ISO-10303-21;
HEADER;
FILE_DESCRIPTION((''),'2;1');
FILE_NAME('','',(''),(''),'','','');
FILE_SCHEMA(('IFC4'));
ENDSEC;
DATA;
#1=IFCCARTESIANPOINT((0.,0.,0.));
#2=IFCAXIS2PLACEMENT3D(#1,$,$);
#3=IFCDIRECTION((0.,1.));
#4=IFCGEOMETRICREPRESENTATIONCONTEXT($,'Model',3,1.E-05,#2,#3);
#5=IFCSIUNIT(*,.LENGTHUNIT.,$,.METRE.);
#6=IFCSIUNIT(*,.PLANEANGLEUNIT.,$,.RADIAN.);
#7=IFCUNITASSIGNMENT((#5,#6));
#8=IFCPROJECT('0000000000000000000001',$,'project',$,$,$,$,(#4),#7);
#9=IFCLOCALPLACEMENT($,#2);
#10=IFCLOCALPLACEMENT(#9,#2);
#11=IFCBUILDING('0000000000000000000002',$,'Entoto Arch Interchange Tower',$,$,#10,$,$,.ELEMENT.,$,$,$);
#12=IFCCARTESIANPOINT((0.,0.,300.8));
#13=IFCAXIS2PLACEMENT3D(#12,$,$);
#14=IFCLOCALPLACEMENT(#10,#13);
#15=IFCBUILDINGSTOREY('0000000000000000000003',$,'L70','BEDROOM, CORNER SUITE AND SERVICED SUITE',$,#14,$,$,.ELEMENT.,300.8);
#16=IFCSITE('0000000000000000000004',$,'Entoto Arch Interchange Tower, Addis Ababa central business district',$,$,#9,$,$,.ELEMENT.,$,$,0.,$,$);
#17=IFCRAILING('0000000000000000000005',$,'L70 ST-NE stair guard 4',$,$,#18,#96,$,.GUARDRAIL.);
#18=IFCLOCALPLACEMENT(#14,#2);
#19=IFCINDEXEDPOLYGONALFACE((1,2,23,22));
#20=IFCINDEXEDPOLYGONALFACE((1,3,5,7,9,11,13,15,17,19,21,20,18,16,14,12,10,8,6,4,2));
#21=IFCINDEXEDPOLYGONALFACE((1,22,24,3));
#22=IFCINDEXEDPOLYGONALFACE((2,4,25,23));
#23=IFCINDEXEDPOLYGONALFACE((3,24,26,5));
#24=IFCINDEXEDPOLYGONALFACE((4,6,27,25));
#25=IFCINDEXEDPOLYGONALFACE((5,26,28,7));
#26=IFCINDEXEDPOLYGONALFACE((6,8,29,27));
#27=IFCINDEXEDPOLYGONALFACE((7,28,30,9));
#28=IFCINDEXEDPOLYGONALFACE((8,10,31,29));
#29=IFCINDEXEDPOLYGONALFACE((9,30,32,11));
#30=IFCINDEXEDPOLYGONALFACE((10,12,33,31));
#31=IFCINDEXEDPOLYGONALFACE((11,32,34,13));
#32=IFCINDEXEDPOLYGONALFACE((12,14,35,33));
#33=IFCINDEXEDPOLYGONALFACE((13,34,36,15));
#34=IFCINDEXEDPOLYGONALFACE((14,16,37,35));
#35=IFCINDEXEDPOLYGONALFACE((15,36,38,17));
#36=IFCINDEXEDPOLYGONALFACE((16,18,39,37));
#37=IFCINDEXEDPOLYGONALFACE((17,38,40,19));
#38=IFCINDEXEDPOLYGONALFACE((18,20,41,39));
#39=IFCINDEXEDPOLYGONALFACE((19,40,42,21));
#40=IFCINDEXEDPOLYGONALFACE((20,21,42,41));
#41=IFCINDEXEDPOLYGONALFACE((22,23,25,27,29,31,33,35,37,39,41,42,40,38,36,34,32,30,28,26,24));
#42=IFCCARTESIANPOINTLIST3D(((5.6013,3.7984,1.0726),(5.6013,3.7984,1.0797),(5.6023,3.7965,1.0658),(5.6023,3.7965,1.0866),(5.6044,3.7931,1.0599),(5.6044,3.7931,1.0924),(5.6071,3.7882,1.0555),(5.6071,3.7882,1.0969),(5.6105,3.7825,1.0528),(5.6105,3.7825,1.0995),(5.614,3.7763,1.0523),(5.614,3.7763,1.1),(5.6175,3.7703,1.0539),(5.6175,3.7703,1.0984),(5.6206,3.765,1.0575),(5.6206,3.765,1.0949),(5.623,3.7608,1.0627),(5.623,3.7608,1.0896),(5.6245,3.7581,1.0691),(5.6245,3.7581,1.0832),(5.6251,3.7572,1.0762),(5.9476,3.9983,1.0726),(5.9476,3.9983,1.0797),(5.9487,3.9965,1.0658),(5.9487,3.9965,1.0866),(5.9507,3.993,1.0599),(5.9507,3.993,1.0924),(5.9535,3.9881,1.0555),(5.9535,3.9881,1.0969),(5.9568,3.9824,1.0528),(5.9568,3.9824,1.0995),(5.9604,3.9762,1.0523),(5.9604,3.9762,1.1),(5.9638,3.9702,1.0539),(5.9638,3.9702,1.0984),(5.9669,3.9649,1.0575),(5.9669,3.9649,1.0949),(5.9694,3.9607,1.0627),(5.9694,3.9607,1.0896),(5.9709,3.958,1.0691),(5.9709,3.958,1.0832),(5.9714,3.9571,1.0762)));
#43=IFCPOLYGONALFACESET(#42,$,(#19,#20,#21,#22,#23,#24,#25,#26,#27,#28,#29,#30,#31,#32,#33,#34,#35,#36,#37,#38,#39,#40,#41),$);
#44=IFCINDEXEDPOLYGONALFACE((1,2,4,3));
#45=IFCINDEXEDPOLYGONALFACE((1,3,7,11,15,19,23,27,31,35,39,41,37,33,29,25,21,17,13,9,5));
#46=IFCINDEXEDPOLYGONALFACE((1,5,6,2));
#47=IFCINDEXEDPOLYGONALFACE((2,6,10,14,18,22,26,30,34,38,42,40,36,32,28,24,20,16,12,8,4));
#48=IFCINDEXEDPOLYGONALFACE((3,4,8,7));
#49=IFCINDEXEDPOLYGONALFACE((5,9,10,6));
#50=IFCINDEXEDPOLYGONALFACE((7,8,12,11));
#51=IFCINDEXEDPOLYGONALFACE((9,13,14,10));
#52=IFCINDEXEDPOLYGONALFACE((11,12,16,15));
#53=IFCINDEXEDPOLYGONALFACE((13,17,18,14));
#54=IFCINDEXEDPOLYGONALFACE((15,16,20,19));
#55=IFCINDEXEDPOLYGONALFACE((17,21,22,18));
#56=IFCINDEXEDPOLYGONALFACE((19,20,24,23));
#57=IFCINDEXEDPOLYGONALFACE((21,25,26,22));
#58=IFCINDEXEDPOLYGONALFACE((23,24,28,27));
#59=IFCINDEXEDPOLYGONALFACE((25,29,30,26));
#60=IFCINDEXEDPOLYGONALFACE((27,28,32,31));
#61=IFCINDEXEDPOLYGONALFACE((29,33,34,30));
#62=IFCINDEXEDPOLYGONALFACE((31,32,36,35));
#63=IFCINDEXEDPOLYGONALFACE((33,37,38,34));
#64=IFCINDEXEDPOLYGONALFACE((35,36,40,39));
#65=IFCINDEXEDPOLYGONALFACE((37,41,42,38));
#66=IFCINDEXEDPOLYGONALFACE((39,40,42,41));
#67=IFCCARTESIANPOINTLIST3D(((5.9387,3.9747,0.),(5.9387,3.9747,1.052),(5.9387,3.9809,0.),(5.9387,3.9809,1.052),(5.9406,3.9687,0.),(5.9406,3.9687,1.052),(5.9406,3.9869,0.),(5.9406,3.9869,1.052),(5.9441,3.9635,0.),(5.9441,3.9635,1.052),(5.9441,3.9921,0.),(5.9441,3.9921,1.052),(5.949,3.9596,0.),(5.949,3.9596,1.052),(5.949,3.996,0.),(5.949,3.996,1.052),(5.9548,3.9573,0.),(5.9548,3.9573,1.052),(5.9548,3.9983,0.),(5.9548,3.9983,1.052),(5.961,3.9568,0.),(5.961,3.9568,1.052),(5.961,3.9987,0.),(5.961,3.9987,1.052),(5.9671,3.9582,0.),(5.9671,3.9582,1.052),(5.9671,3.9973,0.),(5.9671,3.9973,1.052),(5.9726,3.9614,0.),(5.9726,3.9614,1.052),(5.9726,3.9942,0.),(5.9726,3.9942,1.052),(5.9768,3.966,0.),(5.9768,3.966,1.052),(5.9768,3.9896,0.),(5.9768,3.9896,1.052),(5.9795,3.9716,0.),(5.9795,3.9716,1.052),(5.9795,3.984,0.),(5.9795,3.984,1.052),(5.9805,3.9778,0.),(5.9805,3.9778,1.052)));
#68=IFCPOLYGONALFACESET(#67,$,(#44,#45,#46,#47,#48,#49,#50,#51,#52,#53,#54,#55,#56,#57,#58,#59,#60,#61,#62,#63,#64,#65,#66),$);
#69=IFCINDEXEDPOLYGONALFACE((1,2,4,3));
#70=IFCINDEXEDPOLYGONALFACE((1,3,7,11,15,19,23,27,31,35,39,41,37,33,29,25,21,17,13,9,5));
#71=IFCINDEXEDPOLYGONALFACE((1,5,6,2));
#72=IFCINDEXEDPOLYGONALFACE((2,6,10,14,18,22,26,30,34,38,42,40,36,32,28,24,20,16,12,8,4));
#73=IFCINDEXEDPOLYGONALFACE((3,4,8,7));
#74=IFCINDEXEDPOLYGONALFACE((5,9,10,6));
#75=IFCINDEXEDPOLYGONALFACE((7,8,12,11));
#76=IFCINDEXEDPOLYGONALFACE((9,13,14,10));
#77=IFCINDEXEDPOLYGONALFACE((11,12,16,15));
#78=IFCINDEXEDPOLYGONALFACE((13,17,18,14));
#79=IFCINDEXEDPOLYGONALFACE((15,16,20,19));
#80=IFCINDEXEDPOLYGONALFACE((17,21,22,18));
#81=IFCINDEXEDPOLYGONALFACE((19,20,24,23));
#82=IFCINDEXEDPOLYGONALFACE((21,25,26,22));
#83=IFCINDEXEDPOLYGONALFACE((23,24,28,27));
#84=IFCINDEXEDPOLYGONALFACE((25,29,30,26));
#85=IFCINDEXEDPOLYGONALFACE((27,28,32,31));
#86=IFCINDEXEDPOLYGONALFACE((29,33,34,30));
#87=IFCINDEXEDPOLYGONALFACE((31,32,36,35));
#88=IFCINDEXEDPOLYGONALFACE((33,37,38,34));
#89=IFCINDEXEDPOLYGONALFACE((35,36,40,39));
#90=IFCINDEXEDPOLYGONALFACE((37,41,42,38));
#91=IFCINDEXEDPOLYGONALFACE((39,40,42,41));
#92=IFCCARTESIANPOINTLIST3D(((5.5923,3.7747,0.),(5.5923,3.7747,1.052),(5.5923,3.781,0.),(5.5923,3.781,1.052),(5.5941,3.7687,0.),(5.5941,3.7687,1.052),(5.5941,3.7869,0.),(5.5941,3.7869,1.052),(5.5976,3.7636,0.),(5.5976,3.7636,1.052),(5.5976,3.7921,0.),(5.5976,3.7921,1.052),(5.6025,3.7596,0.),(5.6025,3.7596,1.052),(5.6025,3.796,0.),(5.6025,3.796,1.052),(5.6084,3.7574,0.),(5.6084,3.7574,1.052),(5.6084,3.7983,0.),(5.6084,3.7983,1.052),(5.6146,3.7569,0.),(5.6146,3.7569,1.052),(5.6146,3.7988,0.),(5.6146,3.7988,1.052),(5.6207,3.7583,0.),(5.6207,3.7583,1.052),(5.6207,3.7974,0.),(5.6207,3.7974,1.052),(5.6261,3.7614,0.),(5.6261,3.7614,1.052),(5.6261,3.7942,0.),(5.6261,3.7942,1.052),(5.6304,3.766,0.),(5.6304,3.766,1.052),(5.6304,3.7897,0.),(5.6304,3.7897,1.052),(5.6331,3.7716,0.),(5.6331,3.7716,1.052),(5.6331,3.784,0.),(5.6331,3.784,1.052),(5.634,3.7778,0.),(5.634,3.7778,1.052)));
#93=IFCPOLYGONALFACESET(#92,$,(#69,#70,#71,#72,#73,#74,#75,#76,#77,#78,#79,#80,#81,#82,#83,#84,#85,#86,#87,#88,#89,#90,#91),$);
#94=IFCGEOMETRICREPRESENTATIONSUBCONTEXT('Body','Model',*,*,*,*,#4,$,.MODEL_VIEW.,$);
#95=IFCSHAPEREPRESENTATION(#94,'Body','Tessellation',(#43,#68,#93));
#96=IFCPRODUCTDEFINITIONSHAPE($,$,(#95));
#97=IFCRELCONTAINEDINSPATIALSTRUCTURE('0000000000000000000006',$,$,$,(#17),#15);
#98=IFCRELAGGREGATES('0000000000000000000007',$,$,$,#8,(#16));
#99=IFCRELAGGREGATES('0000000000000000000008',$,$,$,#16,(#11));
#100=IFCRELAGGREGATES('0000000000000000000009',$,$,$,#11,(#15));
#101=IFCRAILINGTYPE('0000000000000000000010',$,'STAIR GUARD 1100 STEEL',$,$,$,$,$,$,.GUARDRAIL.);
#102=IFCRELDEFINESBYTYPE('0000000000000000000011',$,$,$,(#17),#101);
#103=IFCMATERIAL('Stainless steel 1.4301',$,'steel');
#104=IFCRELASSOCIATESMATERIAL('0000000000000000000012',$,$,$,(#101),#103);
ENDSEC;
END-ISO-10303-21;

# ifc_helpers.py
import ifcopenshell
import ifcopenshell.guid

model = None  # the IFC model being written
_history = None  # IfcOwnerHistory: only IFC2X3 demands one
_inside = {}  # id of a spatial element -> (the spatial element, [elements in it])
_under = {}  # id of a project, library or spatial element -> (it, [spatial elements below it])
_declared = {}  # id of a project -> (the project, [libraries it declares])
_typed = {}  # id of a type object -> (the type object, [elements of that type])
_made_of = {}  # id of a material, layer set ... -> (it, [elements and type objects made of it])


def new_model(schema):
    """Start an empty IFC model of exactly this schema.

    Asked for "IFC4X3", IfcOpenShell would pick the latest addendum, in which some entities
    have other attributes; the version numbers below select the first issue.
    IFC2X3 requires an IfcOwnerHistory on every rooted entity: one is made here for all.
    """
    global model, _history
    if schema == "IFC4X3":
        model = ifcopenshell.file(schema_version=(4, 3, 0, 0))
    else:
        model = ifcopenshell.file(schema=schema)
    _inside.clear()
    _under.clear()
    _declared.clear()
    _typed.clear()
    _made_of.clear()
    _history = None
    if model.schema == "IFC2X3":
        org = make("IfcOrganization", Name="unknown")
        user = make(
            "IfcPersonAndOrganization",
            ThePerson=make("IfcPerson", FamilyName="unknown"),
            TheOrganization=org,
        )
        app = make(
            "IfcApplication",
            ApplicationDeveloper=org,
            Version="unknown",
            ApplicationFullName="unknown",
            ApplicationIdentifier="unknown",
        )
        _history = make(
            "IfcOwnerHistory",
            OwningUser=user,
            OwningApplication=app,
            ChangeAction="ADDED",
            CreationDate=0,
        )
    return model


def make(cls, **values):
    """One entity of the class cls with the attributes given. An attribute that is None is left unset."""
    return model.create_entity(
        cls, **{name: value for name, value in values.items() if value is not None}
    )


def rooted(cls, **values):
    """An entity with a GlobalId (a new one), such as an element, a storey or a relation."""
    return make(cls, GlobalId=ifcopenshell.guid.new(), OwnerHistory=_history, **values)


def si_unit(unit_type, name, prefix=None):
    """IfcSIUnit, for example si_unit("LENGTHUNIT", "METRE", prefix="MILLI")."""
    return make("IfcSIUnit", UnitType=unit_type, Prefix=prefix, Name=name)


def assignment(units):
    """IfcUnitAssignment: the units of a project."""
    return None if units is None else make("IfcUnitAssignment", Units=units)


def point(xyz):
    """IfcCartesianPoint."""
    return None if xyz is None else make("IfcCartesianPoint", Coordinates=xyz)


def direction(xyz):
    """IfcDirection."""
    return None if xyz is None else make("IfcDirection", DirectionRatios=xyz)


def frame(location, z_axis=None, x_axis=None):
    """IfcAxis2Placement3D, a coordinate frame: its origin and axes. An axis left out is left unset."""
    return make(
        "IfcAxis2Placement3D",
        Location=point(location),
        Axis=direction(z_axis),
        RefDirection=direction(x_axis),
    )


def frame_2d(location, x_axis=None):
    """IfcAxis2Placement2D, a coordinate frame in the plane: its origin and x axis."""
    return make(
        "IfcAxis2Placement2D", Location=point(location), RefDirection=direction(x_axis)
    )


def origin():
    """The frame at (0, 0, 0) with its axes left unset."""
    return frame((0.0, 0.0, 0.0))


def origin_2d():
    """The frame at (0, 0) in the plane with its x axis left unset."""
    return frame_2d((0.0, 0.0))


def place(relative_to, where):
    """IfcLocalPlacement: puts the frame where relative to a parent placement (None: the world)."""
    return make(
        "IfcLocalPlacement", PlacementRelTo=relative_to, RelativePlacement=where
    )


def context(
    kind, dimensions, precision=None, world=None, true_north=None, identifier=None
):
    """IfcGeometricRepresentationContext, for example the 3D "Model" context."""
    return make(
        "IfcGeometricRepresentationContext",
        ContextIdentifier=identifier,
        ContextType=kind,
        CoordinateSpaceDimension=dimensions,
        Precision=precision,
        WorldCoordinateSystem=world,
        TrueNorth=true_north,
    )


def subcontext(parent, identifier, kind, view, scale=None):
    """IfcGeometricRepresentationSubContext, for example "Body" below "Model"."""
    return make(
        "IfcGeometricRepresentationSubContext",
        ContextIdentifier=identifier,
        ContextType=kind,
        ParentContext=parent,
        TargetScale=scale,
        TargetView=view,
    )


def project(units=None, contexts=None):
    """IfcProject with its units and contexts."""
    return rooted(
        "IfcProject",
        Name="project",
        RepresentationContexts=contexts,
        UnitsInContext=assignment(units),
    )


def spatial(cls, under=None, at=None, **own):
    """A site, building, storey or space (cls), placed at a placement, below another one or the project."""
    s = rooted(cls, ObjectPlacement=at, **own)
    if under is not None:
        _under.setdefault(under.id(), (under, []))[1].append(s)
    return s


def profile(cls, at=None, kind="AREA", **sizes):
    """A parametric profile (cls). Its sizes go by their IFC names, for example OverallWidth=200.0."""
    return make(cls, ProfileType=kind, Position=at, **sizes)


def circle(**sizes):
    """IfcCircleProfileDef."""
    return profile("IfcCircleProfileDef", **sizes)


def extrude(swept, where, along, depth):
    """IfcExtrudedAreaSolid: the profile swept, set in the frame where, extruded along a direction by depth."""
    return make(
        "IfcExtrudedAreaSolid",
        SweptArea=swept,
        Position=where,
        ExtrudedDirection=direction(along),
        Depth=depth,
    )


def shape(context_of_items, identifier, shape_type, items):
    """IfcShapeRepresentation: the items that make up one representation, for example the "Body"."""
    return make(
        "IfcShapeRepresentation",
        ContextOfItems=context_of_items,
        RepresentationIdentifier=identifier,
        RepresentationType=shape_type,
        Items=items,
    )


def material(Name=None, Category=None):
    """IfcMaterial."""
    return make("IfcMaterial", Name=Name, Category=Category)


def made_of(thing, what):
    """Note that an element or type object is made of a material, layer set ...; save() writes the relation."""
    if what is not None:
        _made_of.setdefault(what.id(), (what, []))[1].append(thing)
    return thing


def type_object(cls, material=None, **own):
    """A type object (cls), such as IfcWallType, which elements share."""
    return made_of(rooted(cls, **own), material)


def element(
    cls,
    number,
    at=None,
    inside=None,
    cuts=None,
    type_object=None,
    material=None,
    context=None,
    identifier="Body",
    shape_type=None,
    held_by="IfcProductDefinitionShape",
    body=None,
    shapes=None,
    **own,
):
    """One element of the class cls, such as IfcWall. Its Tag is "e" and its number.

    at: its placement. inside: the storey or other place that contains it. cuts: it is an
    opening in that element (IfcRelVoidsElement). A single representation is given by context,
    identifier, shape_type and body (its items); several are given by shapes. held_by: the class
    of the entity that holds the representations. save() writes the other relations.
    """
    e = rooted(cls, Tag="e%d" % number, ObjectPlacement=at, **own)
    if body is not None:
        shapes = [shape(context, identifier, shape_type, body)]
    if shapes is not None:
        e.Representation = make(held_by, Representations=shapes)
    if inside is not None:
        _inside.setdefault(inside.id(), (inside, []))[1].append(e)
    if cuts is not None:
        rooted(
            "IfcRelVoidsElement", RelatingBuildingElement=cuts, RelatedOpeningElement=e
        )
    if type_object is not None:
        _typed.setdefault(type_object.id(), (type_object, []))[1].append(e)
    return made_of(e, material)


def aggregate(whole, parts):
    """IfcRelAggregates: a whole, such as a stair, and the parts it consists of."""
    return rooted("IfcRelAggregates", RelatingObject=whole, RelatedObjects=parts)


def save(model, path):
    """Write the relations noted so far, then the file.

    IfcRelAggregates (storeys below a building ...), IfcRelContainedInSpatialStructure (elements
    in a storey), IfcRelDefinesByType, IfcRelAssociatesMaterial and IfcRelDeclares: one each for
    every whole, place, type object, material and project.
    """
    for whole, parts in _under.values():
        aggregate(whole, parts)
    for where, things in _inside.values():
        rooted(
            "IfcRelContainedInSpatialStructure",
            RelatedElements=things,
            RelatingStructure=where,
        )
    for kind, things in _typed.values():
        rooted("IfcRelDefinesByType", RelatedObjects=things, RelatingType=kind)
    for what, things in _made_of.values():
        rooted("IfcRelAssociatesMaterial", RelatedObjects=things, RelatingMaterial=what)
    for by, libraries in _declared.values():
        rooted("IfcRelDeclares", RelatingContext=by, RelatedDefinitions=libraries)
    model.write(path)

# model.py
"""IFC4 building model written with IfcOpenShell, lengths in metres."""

from ifc_helpers import new_model, si_unit, direction, frame, origin, origin_2d, place, context, subcontext, project, spatial, circle, extrude, material, type_object, element, save


model = new_model("IFC4")

# Units and contexts
model_context = context("Model", 3, precision=1e-05, world=origin(), true_north=direction((0.0, 1.0)))
body_context = subcontext(model_context, "Body", "Model", "MODEL_VIEW")
ifc_project = project(units=[si_unit("LENGTHUNIT", "METRE"), si_unit("PLANEANGLEUNIT", "RADIAN")], contexts=[model_context])

# Site, building, storey
site_placement = place(None, origin())
site = spatial("IfcSite", under=ifc_project, at=site_placement, Name="Entoto Arch Interchange Tower, Addis Ababa central business district", CompositionType="ELEMENT", RefElevation=0.0)
building_placement = place(site_placement, origin())
building = spatial("IfcBuilding", under=site, at=building_placement, Name="Entoto Arch Interchange Tower", CompositionType="ELEMENT")
storey_placement = place(building_placement, frame((0.0, 0.0, 300.8)))
storey = spatial("IfcBuildingStorey", under=building, at=storey_placement, Name="L70", Description="BEDROOM, CORNER SUITE AND SERVICED SUITE", CompositionType="ELEMENT", Elevation=300.8)

# Railing
ifc_material_1 = material(Name="Stainless steel 1.4301", Category="steel")
railing_type_1 = type_object("IfcRailingType", Name="STAIR GUARD 1100 STEEL", PredefinedType="GUARDRAIL", material=ifc_material_1)
railing_1_placement = place(storey_placement, frame((5.9595, 3.9778, 0.0)))
element("IfcRailing", 1, at=railing_1_placement, inside=storey, type_object=railing_type_1, Name="L70 ST-NE stair guard 4", PredefinedType="GUARDRAIL", context=body_context, shape_type="SweptSolid", body=[
    extrude(circle(Radius=0.0239, at=origin_2d()), frame((0.0, 0.0, 1.0762), z_axis=(-0.866094, -0.499881, 0.0), x_axis=(0.499881, -0.866094, 0.0)), (0.0, 0.0, 1.0), 0.3999),
    extrude(circle(Radius=0.021, at=origin_2d()), origin(), (0.0, 0.0, 1.0), 1.052),
    extrude(circle(Radius=0.021, at=origin_2d()), frame((-0.3464, -0.2, 0.0)), (0.0, 0.0, 1.0), 1.052),
])

save(model, "model.ifc")
